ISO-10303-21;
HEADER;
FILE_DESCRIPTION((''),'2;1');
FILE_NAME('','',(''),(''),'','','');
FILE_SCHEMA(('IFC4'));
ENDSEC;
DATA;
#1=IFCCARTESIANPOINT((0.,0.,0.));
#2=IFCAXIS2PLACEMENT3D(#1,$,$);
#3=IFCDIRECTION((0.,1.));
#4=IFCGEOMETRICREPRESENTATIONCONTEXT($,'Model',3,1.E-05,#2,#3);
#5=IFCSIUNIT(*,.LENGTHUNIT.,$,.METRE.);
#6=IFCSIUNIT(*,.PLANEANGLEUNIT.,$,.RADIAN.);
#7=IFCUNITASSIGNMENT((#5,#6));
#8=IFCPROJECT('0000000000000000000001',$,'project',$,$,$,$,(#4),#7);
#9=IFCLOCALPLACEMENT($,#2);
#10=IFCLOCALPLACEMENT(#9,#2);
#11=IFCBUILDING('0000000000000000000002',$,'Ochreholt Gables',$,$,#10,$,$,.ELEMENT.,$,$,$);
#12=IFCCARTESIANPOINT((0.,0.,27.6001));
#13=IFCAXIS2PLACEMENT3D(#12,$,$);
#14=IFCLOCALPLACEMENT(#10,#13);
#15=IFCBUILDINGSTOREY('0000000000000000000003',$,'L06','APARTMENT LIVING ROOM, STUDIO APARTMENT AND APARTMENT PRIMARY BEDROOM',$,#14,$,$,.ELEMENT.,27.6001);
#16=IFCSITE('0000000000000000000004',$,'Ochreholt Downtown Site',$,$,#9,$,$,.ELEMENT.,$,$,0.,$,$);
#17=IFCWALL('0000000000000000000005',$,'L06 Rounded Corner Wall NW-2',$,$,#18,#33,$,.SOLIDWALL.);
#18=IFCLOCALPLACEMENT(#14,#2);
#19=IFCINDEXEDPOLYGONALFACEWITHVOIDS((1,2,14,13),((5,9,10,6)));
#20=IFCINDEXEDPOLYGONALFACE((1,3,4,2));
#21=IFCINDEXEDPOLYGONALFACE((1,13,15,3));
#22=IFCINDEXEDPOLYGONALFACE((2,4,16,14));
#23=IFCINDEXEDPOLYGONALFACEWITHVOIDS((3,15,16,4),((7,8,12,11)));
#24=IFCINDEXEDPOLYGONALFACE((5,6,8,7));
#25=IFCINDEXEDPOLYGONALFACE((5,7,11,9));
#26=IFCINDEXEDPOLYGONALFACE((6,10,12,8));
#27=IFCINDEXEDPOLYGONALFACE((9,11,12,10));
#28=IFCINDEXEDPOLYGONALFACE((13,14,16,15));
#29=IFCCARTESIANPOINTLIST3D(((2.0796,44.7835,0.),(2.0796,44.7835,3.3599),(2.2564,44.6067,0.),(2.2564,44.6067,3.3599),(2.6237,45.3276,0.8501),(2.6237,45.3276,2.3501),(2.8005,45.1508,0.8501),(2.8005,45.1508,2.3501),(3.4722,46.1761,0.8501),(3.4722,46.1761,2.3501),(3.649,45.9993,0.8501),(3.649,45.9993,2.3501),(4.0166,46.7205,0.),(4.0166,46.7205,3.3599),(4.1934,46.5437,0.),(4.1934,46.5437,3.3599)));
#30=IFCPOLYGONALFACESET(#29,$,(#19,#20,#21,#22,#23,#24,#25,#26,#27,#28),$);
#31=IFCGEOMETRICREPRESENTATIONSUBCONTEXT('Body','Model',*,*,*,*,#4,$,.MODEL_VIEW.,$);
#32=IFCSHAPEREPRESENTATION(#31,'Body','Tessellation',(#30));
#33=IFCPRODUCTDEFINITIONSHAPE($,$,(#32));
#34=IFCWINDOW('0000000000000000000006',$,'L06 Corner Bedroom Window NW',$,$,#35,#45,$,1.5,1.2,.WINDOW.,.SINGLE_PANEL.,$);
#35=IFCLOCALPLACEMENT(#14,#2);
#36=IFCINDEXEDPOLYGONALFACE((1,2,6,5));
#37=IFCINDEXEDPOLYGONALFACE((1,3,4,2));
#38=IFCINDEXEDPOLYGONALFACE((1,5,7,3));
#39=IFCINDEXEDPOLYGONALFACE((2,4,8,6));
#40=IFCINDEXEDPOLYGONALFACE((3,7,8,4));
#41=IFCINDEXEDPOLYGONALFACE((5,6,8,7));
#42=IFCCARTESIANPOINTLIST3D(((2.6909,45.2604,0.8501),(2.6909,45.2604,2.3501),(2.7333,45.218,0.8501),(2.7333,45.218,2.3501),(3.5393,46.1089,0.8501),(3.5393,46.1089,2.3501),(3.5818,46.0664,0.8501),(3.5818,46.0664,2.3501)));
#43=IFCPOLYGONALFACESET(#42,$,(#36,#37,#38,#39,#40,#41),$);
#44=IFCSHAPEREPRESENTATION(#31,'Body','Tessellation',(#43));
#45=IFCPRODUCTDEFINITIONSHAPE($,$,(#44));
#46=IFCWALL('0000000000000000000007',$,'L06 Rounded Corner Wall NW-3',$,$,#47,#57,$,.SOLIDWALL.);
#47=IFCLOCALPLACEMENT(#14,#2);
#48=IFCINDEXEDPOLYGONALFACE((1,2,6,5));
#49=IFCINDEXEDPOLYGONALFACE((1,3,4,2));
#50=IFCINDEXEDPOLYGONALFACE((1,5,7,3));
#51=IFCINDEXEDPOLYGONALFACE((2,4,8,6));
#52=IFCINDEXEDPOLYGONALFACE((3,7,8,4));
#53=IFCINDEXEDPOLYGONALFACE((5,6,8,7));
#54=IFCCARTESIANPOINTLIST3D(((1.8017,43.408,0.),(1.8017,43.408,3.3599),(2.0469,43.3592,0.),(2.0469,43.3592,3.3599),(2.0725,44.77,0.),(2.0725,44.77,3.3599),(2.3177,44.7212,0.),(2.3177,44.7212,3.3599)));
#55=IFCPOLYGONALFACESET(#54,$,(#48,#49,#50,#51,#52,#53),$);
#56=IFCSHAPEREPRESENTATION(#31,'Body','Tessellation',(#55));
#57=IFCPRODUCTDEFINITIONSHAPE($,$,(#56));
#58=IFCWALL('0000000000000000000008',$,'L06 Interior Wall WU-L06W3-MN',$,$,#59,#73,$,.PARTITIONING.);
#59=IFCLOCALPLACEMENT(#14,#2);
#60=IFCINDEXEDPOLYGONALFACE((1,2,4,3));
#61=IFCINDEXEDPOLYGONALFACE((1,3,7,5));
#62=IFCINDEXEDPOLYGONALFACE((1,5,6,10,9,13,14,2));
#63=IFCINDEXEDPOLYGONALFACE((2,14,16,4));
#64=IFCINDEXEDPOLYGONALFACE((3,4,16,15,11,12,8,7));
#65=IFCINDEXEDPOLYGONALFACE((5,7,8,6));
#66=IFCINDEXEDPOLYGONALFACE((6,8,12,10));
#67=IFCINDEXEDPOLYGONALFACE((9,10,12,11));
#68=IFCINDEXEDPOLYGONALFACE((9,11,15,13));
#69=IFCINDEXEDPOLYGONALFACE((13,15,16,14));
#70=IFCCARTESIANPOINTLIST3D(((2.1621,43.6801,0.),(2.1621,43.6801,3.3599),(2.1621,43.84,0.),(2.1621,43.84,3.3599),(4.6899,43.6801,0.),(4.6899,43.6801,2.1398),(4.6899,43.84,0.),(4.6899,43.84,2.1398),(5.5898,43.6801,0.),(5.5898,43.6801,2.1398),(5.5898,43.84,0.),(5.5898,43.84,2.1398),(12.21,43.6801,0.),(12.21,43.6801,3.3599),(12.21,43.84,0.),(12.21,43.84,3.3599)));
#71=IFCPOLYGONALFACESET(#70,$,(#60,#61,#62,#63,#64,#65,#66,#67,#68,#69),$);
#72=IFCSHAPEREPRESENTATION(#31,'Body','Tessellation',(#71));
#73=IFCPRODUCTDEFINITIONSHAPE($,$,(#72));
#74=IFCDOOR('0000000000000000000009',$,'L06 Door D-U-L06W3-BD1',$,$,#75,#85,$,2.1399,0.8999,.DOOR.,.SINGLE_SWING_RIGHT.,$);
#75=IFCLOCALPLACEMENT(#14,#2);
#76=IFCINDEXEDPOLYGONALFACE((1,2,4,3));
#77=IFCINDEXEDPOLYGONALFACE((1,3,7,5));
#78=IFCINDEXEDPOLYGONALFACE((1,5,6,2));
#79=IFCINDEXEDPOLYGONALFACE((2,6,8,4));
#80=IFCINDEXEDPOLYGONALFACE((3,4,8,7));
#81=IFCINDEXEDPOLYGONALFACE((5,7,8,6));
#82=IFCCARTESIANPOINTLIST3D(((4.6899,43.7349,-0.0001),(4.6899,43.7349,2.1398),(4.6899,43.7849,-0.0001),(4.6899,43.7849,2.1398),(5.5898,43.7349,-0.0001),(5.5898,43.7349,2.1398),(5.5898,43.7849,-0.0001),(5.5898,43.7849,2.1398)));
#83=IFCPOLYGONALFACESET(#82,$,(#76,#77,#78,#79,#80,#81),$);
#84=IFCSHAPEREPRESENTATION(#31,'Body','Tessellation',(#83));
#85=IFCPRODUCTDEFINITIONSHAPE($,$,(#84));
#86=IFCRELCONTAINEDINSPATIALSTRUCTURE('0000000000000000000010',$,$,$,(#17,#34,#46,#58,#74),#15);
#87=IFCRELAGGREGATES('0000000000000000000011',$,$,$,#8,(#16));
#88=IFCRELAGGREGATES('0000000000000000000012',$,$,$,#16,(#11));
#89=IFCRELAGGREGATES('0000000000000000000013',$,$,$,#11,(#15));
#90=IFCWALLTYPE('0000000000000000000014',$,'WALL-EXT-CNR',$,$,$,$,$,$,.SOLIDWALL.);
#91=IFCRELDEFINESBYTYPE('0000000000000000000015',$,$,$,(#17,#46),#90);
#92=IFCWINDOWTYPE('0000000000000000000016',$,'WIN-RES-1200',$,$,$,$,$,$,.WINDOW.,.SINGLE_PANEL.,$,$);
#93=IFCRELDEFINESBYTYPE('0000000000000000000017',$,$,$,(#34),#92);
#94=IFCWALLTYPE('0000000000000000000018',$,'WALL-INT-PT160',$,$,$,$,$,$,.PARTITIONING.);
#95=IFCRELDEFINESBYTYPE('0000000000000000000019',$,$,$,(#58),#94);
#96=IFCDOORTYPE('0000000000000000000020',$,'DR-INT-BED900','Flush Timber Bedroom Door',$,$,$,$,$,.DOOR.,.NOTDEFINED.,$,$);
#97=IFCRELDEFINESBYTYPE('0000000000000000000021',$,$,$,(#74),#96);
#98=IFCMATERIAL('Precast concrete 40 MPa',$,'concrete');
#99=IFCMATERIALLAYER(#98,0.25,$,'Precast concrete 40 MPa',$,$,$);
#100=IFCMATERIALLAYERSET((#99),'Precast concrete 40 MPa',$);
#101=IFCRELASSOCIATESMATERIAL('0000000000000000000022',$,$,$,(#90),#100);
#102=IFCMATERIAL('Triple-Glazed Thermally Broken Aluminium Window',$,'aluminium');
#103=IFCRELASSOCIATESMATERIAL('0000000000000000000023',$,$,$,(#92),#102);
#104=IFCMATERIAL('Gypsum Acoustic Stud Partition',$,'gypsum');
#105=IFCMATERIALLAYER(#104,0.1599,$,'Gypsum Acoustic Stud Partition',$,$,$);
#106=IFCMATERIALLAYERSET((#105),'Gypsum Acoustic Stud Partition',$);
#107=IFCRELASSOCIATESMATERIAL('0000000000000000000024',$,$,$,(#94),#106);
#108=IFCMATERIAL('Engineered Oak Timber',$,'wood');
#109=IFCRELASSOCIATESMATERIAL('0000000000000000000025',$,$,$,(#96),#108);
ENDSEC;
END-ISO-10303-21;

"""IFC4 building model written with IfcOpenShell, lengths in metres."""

from ifc_helpers import new_model, si_unit, direction, frame, frame_2d, origin, place, context, subcontext, project, spatial, rectangle, extrude, material, layer, layer_set, type_object, element, fill, save


model = new_model("IFC4")

# Units and contexts
model_context = context("Model", 3, precision=1e-05, world=origin(), true_north=direction((0.0, 1.0)))
body_context = subcontext(model_context, "Body", "Model", "MODEL_VIEW")
ifc_project = project(units=[si_unit("LENGTHUNIT", "METRE"), si_unit("PLANEANGLEUNIT", "RADIAN")], contexts=[model_context])

# Site, building, storey
site_placement = place(None, origin())
site = spatial("IfcSite", under=ifc_project, at=site_placement, Name="Ochreholt Downtown Site", CompositionType="ELEMENT", RefElevation=0.0)
building_placement = place(site_placement, origin())
building = spatial("IfcBuilding", under=site, at=building_placement, Name="Ochreholt Gables", CompositionType="ELEMENT")
storey_placement = place(building_placement, frame((0.0, 0.0, 27.6001)))
storey = spatial("IfcBuildingStorey", under=building, at=storey_placement, Name="L06", Description="APARTMENT LIVING ROOM, STUDIO APARTMENT AND APARTMENT PRIMARY BEDROOM", CompositionType="ELEMENT", Elevation=27.6001)

# Shared definitions
ifc_material_1 = material(Name="Precast concrete 40 MPa", Category="concrete")
ifc_material_2 = material(Name="Triple-Glazed Thermally Broken Aluminium Window", Category="aluminium")

# Shared definitions
ifc_layer_1 = layer(ifc_material_1, 0.25, Name="Precast concrete 40 MPa")
ifc_layer_set_1 = layer_set([ifc_layer_1], Name="Precast concrete 40 MPa")
wall_type_1 = type_object("IfcWallType", Name="WALL-EXT-CNR", PredefinedType="SOLIDWALL", material=ifc_layer_set_1)

# Wall, opening, window
wall_1_placement = place(storey_placement, frame((4.105, 46.6321, 0.0), z_axis=(0.0, 0.0, 1.0), x_axis=(-0.707107, -0.707107, 0.0)))
wall_1 = element("IfcWall", 1, at=wall_1_placement, inside=storey, type_object=wall_type_1, Name="L06 Rounded Corner Wall NW-2", PredefinedType="SOLIDWALL", context=body_context, shape_type="SweptSolid", body=[
    extrude(rectangle(XDim=2.7393, YDim=0.25, at=frame_2d((1.3696, 0.0))), origin(), (0.0, 0.0, 1.0), 3.3599),
])
opening_1_placement = place(wall_1_placement, frame((0.7698, 0.0, 0.8501)))
opening_1 = element("IfcOpeningElement", 2, at=opening_1_placement, cuts=wall_1, PredefinedType="OPENING", context=body_context, shape_type="SweptSolid", body=[
    extrude(rectangle(XDim=1.2, YDim=1.5, at=frame_2d((0.6001, 0.75))), frame((0.0, 0.135, 0.0), z_axis=(0.0, -1.0, 0.0), x_axis=(1.0, 0.0, 0.0)), (0.0, 0.0, 1.0), 0.27),
])
window_type_1 = type_object("IfcWindowType", Name="WIN-RES-1200", PartitioningType="SINGLE_PANEL", PredefinedType="WINDOW", material=ifc_material_2)
window_1_placement = place(opening_1_placement, origin())
window_1 = element("IfcWindow", 3, at=window_1_placement, inside=storey, type_object=window_type_1, Name="L06 Corner Bedroom Window NW", OverallHeight=1.5, OverallWidth=1.2, PartitioningType="SINGLE_PANEL", PredefinedType="WINDOW", context=body_context, shape_type="SweptSolid", body=[
    extrude(rectangle(XDim=1.2, YDim=1.5, at=frame_2d((0.6001, 0.75))), frame((0.0, 0.03, 0.0), z_axis=(0.0, -1.0, 0.0), x_axis=(1.0, 0.0, 0.0)), (0.0, 0.0, 1.0), 0.0601),
])
fill(opening_1, window_1)

# Wall
wall_2_placement = place(storey_placement, frame((2.1951, 44.7456, 0.0), z_axis=(0.0, 0.0, 1.0), x_axis=(-0.194967, -0.98081, 0.0)))
element("IfcWall", 4, at=wall_2_placement, inside=storey, type_object=wall_type_1, Name="L06 Rounded Corner Wall NW-3", PredefinedType="SOLIDWALL", context=body_context, shape_type="SweptSolid", body=[
    extrude(rectangle(XDim=1.3887, YDim=0.25, at=frame_2d((0.6943, 0.0))), origin(), (0.0, 0.0, 1.0), 3.3599),
])

# Wall, opening, door
ifc_material_3 = material(Name="Gypsum Acoustic Stud Partition", Category="gypsum")
ifc_layer_2 = layer(ifc_material_3, 0.1599, Name="Gypsum Acoustic Stud Partition")
ifc_layer_set_2 = layer_set([ifc_layer_2], Name="Gypsum Acoustic Stud Partition")
wall_type_2 = type_object("IfcWallType", Name="WALL-INT-PT160", PredefinedType="PARTITIONING", material=ifc_layer_set_2)
wall_3_placement = place(storey_placement, frame((2.1621, 43.76, 0.0), z_axis=(0.0, 0.0, 1.0), x_axis=(1.0, 0.0, 0.0)))
wall_3 = element("IfcWall", 5, at=wall_3_placement, inside=storey, type_object=wall_type_2, Name="L06 Interior Wall WU-L06W3-MN", PredefinedType="PARTITIONING", context=body_context, shape_type="SweptSolid", body=[
    extrude(rectangle(XDim=10.0479, YDim=0.1599, at=frame_2d((5.0239, 0.0))), origin(), (0.0, 0.0, 1.0), 3.3599),
])
opening_2_placement = place(wall_3_placement, frame((2.5278, 0.0, 0.0)))
opening_2 = element("IfcOpeningElement", 6, at=opening_2_placement, cuts=wall_3, PredefinedType="OPENING", context=body_context, shape_type="SweptSolid", body=[
    extrude(rectangle(XDim=0.8999, YDim=2.1399, at=frame_2d((0.45, 1.0698))), frame((0.0, 0.0898, 0.0), z_axis=(0.0, -1.0, 0.0), x_axis=(1.0, 0.0, 0.0)), (0.0, 0.0, 1.0), 0.1799),
])
ifc_material_4 = material(Name="Engineered Oak Timber", Category="wood")
door_type = type_object("IfcDoorType", Name="DR-INT-BED900", Description="Flush Timber Bedroom Door", OperationType="NOTDEFINED", PredefinedType="DOOR", material=ifc_material_4)
door_placement = place(opening_2_placement, origin())
door = element("IfcDoor", 7, at=door_placement, inside=storey, type_object=door_type, Name="L06 Door D-U-L06W3-BD1", OperationType="SINGLE_SWING_RIGHT", OverallHeight=2.1399, OverallWidth=0.8999, PredefinedType="DOOR", context=body_context, shape_type="SweptSolid", body=[
    extrude(rectangle(XDim=0.8999, YDim=2.1399, at=frame_2d((0.45, 1.0698))), frame((0.0, 0.0249, 0.0), z_axis=(0.0, -1.0, 0.0), x_axis=(1.0, 0.0, 0.0)), (0.0, 0.0, 1.0), 0.05),
])
fill(opening_2, door)

save(model, "model.ifc")
